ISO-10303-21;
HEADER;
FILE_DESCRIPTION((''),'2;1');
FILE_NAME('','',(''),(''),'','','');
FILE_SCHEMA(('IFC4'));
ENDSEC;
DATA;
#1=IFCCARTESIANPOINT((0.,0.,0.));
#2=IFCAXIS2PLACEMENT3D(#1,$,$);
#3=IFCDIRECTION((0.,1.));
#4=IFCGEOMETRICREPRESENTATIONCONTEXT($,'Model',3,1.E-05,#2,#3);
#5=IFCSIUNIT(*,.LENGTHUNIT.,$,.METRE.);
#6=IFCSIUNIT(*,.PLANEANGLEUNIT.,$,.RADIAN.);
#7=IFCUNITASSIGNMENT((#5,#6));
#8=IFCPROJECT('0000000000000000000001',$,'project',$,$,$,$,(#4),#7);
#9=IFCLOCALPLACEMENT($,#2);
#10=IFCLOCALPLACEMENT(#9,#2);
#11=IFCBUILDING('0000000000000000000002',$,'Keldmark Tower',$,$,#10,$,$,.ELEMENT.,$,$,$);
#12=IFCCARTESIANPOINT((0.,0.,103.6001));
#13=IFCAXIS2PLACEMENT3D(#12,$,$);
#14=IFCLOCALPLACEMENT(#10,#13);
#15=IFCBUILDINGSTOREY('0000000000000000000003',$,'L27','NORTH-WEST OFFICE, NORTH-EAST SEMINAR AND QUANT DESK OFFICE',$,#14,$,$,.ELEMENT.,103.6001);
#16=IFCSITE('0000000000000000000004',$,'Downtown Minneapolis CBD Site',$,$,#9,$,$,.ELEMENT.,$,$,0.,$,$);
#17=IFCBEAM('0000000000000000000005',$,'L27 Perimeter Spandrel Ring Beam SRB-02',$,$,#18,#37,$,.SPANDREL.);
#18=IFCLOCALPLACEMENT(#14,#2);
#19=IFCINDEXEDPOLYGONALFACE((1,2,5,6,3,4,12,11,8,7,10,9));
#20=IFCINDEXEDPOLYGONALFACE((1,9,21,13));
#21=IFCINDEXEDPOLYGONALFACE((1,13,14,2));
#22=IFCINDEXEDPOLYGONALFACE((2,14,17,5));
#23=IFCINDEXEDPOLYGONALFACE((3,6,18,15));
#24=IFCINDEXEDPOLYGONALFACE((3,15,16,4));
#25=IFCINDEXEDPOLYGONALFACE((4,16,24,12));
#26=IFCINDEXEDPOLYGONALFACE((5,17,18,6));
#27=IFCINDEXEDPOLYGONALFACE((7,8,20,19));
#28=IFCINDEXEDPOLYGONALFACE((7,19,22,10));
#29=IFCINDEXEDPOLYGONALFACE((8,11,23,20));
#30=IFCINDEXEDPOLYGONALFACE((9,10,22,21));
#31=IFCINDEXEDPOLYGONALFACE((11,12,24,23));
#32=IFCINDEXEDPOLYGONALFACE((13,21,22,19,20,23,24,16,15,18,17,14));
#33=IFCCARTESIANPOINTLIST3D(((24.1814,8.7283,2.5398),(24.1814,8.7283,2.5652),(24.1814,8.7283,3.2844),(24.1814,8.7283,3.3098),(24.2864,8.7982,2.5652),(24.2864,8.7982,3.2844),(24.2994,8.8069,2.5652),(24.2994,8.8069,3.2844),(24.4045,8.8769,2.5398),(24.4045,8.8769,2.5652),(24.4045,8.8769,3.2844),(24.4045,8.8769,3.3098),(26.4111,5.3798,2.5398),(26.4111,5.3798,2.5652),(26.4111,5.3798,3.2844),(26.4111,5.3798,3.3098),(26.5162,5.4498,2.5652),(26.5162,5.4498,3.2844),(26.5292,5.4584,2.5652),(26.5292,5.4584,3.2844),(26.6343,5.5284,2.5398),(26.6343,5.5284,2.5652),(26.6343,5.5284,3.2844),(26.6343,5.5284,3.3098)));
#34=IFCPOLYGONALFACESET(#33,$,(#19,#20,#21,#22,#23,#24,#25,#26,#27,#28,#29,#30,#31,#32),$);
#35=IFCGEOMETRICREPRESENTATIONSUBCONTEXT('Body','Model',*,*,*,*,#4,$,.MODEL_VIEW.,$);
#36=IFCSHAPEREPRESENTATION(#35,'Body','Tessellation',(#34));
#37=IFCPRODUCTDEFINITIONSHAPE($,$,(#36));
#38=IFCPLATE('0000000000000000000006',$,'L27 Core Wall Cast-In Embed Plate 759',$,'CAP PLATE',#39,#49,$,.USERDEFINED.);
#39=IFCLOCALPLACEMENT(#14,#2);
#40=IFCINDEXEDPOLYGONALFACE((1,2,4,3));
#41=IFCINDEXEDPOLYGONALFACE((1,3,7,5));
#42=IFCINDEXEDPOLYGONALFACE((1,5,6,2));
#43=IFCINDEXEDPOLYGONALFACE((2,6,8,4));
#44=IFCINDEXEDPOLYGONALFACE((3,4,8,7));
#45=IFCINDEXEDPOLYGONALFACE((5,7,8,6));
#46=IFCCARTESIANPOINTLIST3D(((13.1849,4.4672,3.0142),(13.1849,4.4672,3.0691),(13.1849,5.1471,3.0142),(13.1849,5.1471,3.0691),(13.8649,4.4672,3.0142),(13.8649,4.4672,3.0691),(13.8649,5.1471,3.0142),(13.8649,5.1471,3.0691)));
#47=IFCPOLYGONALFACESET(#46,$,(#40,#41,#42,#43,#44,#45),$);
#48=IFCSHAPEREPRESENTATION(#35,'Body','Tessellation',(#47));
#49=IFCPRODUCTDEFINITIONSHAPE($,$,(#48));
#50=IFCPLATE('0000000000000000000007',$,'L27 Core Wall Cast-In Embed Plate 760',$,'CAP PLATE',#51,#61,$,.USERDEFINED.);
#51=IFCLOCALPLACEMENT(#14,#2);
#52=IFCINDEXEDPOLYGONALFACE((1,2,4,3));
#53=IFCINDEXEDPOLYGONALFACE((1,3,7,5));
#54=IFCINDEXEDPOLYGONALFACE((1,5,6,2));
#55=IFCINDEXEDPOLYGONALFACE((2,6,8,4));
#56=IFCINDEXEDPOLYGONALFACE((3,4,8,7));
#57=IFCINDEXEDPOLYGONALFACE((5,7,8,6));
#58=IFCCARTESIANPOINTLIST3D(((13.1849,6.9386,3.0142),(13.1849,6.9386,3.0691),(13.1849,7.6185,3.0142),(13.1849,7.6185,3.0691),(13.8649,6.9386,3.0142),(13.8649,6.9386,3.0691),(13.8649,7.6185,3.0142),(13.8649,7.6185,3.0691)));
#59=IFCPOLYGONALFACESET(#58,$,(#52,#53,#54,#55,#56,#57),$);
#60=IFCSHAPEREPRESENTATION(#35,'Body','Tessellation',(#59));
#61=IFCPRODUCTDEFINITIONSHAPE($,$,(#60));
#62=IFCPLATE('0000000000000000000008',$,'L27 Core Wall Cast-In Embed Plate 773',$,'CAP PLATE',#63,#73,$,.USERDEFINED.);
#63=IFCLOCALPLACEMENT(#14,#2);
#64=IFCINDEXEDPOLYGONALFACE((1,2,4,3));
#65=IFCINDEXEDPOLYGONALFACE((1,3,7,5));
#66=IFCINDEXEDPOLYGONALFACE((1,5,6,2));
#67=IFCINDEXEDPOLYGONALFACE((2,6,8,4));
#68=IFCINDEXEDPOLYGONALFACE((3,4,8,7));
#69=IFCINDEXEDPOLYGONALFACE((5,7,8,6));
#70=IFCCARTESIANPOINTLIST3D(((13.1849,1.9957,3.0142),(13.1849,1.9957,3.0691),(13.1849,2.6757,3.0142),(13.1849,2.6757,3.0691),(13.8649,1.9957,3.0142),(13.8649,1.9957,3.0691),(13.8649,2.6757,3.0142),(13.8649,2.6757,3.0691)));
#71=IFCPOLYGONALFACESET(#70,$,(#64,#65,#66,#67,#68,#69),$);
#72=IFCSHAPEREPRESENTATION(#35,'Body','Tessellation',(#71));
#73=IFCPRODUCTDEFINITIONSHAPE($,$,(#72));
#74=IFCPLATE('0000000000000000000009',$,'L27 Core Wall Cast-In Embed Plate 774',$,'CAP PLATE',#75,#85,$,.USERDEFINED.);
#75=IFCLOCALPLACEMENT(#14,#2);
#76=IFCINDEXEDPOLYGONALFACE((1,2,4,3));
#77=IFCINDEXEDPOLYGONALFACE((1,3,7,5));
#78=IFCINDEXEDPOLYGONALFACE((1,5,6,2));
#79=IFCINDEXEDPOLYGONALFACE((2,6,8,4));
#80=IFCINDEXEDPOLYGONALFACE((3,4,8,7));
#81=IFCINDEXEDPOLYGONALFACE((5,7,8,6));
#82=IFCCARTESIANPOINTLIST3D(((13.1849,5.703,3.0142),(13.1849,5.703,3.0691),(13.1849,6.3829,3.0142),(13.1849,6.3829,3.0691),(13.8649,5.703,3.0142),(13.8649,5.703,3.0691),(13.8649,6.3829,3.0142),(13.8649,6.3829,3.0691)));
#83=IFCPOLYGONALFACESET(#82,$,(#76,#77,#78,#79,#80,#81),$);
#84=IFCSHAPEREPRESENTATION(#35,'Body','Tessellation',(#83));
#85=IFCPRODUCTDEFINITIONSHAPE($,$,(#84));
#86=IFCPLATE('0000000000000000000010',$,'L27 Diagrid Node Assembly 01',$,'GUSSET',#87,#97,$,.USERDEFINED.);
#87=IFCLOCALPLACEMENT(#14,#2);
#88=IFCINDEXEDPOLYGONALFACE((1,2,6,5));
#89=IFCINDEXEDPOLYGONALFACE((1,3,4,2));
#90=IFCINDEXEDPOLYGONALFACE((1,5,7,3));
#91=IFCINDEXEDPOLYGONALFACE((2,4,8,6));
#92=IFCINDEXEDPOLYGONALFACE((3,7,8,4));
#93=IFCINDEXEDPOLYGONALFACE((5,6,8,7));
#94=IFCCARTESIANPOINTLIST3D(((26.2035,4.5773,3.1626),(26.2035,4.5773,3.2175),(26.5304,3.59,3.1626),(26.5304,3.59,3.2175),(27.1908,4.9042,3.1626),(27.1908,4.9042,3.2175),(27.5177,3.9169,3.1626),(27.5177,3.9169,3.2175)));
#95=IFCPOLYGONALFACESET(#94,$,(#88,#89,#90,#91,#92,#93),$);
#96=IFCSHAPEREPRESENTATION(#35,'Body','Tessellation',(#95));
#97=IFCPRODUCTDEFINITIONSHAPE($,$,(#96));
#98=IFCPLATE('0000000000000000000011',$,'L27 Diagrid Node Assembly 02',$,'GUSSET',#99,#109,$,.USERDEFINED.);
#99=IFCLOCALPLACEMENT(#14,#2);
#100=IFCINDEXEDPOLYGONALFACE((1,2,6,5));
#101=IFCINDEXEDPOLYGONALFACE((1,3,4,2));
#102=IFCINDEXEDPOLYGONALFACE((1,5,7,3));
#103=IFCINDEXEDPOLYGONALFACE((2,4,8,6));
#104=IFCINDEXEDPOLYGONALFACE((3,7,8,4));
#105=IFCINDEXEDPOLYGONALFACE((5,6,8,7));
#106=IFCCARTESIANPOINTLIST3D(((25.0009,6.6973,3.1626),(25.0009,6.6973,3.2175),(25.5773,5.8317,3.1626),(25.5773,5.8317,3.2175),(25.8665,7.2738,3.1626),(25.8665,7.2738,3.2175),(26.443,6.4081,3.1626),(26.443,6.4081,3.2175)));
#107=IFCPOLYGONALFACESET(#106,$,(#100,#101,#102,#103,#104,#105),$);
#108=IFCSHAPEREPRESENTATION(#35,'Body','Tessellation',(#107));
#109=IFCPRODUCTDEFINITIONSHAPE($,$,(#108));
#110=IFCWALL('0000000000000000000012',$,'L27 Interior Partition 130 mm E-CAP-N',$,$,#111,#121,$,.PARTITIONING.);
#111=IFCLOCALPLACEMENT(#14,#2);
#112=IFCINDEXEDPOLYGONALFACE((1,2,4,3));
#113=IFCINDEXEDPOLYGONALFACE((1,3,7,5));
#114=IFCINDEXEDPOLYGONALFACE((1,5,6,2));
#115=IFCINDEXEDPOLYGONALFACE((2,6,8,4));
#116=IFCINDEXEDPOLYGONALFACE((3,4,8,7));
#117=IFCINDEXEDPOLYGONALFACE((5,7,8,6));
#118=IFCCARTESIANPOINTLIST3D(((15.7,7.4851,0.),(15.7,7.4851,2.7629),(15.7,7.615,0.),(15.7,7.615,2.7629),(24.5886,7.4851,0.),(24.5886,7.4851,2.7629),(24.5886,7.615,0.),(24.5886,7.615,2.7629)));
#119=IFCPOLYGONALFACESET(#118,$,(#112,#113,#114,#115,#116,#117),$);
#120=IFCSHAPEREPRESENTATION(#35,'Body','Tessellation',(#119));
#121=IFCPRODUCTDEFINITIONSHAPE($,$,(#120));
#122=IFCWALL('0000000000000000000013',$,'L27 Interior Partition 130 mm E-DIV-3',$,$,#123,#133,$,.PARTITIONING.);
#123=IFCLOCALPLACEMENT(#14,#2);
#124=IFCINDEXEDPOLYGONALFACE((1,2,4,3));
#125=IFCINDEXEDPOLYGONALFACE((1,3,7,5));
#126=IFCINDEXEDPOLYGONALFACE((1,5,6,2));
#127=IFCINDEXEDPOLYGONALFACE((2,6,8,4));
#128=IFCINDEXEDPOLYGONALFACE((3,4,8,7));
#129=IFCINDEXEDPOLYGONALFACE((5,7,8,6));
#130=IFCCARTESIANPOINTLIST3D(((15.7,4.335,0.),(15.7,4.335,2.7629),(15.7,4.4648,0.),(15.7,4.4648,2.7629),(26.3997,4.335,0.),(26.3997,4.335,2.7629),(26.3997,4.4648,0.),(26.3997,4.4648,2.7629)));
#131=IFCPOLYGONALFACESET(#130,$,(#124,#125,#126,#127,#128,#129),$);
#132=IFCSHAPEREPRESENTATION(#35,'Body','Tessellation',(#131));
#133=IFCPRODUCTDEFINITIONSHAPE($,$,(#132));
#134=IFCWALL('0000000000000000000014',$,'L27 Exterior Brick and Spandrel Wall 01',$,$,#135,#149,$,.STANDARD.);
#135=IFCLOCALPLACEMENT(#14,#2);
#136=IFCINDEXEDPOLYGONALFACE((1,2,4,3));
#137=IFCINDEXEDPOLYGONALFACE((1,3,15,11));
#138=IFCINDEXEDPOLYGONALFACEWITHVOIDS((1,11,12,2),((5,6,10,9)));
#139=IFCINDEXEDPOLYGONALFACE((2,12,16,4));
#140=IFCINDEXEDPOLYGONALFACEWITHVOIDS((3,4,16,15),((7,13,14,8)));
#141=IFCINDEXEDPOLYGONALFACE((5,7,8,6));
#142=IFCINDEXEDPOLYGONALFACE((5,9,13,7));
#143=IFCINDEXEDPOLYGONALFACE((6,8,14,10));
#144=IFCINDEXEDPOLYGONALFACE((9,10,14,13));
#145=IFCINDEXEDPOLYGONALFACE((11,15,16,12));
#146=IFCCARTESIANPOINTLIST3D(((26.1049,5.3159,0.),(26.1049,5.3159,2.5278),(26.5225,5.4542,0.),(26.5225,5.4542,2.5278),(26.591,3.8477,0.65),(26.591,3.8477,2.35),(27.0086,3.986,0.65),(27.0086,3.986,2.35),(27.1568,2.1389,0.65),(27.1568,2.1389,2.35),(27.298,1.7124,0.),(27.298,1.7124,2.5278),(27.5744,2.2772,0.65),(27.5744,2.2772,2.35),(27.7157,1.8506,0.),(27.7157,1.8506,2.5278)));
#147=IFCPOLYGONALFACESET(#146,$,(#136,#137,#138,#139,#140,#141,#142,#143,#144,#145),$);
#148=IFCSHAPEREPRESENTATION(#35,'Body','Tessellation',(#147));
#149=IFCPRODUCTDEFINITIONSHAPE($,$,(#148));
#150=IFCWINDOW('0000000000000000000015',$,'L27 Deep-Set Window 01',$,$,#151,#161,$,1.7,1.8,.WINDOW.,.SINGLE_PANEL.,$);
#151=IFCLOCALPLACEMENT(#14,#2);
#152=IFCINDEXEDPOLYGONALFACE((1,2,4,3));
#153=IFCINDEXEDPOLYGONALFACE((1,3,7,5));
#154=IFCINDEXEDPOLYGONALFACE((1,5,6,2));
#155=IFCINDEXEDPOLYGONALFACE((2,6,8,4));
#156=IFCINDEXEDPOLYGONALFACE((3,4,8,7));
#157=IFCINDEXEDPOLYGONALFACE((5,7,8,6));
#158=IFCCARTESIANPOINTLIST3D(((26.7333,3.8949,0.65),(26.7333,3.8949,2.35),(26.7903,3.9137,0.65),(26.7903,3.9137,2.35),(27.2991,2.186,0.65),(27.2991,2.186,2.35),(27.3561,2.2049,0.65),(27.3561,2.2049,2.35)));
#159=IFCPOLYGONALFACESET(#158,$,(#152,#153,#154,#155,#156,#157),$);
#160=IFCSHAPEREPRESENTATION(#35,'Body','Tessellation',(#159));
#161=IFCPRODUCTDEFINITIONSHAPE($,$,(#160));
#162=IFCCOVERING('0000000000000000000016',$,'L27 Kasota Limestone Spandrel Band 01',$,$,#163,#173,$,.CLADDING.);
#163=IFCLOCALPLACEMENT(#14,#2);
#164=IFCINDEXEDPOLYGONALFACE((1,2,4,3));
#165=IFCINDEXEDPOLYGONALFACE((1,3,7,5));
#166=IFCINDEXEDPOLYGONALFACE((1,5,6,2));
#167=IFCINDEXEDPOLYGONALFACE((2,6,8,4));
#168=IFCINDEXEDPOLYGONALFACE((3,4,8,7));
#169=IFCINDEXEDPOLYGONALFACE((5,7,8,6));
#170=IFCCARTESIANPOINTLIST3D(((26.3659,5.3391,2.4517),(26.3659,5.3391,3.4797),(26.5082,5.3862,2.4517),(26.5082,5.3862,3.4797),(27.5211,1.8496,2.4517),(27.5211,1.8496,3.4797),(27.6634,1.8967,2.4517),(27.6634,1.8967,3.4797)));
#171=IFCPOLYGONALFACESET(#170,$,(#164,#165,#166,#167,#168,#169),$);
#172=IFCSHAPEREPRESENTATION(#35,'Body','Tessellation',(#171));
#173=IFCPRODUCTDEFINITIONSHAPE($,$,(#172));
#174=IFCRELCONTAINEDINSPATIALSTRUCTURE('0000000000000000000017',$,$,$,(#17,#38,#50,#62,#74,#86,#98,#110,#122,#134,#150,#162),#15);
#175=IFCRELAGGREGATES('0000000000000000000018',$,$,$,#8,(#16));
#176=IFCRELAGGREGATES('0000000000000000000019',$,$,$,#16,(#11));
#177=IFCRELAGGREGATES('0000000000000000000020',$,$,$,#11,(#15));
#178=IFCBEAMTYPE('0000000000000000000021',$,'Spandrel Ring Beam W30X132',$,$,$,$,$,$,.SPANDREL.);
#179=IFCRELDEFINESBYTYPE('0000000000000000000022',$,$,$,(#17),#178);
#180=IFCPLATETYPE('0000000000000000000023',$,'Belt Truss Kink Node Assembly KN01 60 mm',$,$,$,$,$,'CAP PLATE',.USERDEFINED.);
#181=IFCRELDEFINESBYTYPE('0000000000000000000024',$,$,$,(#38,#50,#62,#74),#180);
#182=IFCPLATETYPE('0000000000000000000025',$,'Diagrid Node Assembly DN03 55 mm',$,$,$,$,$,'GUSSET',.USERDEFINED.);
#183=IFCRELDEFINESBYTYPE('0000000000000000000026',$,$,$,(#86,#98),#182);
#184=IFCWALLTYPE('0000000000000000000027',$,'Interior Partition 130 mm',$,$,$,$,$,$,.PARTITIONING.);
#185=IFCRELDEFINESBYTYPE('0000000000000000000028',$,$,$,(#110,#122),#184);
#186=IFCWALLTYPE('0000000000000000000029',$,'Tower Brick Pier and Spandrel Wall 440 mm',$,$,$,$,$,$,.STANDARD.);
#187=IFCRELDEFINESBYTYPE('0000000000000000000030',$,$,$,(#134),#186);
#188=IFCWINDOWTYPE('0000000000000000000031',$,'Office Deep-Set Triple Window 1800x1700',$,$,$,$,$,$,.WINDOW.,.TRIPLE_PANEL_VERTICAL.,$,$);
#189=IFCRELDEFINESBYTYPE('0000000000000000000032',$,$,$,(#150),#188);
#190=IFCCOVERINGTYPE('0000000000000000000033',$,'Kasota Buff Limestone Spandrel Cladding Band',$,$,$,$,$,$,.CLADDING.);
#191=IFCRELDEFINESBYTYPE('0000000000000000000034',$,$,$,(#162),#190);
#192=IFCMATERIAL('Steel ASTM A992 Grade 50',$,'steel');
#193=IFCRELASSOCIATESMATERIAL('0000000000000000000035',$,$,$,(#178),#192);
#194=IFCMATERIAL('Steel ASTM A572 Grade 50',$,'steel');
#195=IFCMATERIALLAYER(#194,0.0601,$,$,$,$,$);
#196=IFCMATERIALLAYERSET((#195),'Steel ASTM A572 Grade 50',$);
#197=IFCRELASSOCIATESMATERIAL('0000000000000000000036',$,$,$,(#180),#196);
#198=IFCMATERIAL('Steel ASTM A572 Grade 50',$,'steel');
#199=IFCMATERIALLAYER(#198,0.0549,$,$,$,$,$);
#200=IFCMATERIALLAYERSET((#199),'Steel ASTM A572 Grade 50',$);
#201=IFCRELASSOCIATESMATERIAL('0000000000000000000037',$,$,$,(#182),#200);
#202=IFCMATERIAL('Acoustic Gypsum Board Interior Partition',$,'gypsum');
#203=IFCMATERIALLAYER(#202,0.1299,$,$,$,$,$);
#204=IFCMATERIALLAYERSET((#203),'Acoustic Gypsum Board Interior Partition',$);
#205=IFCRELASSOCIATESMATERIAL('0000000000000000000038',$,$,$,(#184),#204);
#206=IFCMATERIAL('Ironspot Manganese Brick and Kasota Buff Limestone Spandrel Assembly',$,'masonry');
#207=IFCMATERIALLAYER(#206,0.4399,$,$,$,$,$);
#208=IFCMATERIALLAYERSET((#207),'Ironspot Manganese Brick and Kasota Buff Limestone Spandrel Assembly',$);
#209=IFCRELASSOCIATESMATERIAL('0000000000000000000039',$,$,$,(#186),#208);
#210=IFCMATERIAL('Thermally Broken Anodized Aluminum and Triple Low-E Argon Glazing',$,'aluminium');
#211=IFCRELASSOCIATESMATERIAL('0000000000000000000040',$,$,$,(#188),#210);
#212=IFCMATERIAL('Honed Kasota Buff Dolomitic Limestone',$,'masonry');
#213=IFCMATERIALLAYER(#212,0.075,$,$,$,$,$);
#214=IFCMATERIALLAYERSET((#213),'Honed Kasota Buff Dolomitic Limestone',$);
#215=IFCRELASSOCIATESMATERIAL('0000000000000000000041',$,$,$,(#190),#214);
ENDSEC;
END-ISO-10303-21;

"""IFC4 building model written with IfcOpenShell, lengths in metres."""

from ifc_helpers import new_model, si_unit, direction, frame, frame_2d, origin, origin_2d, place, context, subcontext, project, spatial, rectangle, i_section, extrude, material, layer, layer_set, material_profile, profile_set, type_object, element, fill, save


model = new_model("IFC4")

# Units and contexts
model_context = context("Model", 3, precision=1e-05, world=origin(), true_north=direction((0.0, 1.0)))
body_context = subcontext(model_context, "Body", "Model", "MODEL_VIEW")
ifc_project = project(units=[si_unit("LENGTHUNIT", "METRE"), si_unit("PLANEANGLEUNIT", "RADIAN")], contexts=[model_context])

# Site, building, storey
site_placement = place(None, origin())
site = spatial("IfcSite", under=ifc_project, at=site_placement, Name="Downtown Minneapolis CBD Site", CompositionType="ELEMENT", RefElevation=0.0)
building_placement = place(site_placement, origin())
building = spatial("IfcBuilding", under=site, at=building_placement, Name="Keldmark Tower", CompositionType="ELEMENT")
storey_placement = place(building_placement, frame((0.0, 0.0, 103.6001)))
storey = spatial("IfcBuildingStorey", under=building, at=storey_placement, Name="L27", Description="NORTH-WEST OFFICE, NORTH-EAST SEMINAR AND QUANT DESK OFFICE", CompositionType="ELEMENT", Elevation=103.6001)

# Beam
ifc_material_1 = material(Name="Steel ASTM A992 Grade 50", Category="steel")
ifc_material_profile_1 = material_profile(ifc_material_1, i_section(OverallWidth=0.2681, OverallDepth=0.77, WebThickness=0.0156, FlangeThickness=0.0254, at=origin_2d()), Name="W30X132")
ifc_profile_set_1 = profile_set([ifc_material_profile_1], Name="Steel ASTM A992 Grade 50")
beam_type_1 = type_object("IfcBeamType", Name="Spandrel Ring Beam W30X132", PredefinedType="SPANDREL", material=ifc_profile_set_1)
beam_1_placement = place(storey_placement, frame((26.5227, 5.4541, 2.9248), z_axis=(-0.554266, 0.83234, 0.0), x_axis=(-0.83234, -0.554266, 0.0)))
element("IfcBeam", 1, at=beam_1_placement, inside=storey, type_object=beam_type_1, Name="L27 Perimeter Spandrel Ring Beam SRB-02", PredefinedType="SPANDREL", context=body_context, shape_type="SweptSolid", body=[
    extrude(i_section(OverallWidth=0.2681, OverallDepth=0.77, WebThickness=0.0156, FlangeThickness=0.0254, at=origin_2d()), origin(), (0.0, 0.0, 1.0), 4.0229),
])

# Plates
ifc_material_2 = material(Name="Steel ASTM A572 Grade 50", Category="steel")
ifc_layer_1 = layer(ifc_material_2, 0.0601)
ifc_layer_set_1 = layer_set([ifc_layer_1], Name="Steel ASTM A572 Grade 50")
plate_type_1 = type_object("IfcPlateType", Name="Belt Truss Kink Node Assembly KN01 60 mm", ElementType="CAP PLATE", PredefinedType="USERDEFINED", material=ifc_layer_set_1)
for number, where, z_axis, x_axis, name in (
    (2, (13.5249, 4.8071, 3.0142), (0.0, 0.0, 1.0), (1.0, 0.0, 0.0), "L27 Core Wall Cast-In Embed Plate 759"),
    (3, (13.5249, 7.2786, 3.0142), (0.0, 0.0, 1.0), (1.0, 0.0, 0.0), "L27 Core Wall Cast-In Embed Plate 760"),
    (4, (13.5249, 2.3357, 3.0142), (0.0, 0.0, 1.0), (1.0, 0.0, 0.0), "L27 Core Wall Cast-In Embed Plate 773"),
    (5, (13.5249, 6.043, 3.0142), (0.0, 0.0, 1.0), (1.0, 0.0, 0.0), "L27 Core Wall Cast-In Embed Plate 774"),
):
    element("IfcPlate", number, at=place(storey_placement, frame(where, z_axis=z_axis, x_axis=x_axis)), inside=storey, type_object=plate_type_1, Name=name, ObjectType="CAP PLATE", PredefinedType="USERDEFINED", context=body_context, shape_type="SweptSolid", body=[
        extrude(rectangle(XDim=0.6799, YDim=0.6799, at=origin_2d()), origin(), (0.0, 0.0, 1.0), 0.0549),
    ])
ifc_material_3 = material(Name="Steel ASTM A572 Grade 50", Category="steel")
ifc_layer_2 = layer(ifc_material_3, 0.0549)
ifc_layer_set_2 = layer_set([ifc_layer_2], Name="Steel ASTM A572 Grade 50")
plate_type_2 = type_object("IfcPlateType", Name="Diagrid Node Assembly DN03 55 mm", ElementType="GUSSET", PredefinedType="USERDEFINED", material=ifc_layer_set_2)
for number, where, z_axis, x_axis, name in (
    (6, (26.8606, 4.2471, 3.1626), (0.0, 0.0, 1.0), (-0.314324, 0.949316, 0.0), "L27 Diagrid Node Assembly 01"),
    (7, (25.7219, 6.5527, 3.1626), (0.0, 0.0, 1.0), (-0.554263, 0.832341, 0.0), "L27 Diagrid Node Assembly 02"),
):
    element("IfcPlate", number, at=place(storey_placement, frame(where, z_axis=z_axis, x_axis=x_axis)), inside=storey, type_object=plate_type_2, Name=name, ObjectType="GUSSET", PredefinedType="USERDEFINED", context=body_context, shape_type="SweptSolid", body=[
        extrude(rectangle(XDim=1.04, YDim=1.04, at=origin_2d()), origin(), (0.0, 0.0, 1.0), 0.0549),
    ])

# Walls
ifc_material_4 = material(Name="Acoustic Gypsum Board Interior Partition", Category="gypsum")
ifc_layer_3 = layer(ifc_material_4, 0.1299)
ifc_layer_set_3 = layer_set([ifc_layer_3], Name="Acoustic Gypsum Board Interior Partition")
wall_type_1 = type_object("IfcWallType", Name="Interior Partition 130 mm", PredefinedType="PARTITIONING", material=ifc_layer_set_3)
wall_1_placement = place(storey_placement, frame((15.7, 7.55, 0.0), z_axis=(0.0, 0.0, 1.0), x_axis=(1.0, 0.0, 0.0)))
element("IfcWall", 8, at=wall_1_placement, inside=storey, type_object=wall_type_1, Name="L27 Interior Partition 130 mm E-CAP-N", PredefinedType="PARTITIONING", context=body_context, shape_type="SweptSolid", body=[
    extrude(rectangle(XDim=8.8887, YDim=0.1299, at=frame_2d((4.4443, 0.0))), origin(), (0.0, 0.0, 1.0), 2.7629),
])
wall_2_placement = place(storey_placement, frame((15.7, 4.3999, 0.0), z_axis=(0.0, 0.0, 1.0), x_axis=(1.0, 0.0, 0.0)))
element("IfcWall", 9, at=wall_2_placement, inside=storey, type_object=wall_type_1, Name="L27 Interior Partition 130 mm E-DIV-3", PredefinedType="PARTITIONING", context=body_context, shape_type="SweptSolid", body=[
    extrude(rectangle(XDim=10.6997, YDim=0.1299, at=frame_2d((5.3499, 0.0))), origin(), (0.0, 0.0, 1.0), 2.7629),
])

# Wall, opening, window
ifc_material_5 = material(Name="Ironspot Manganese Brick and Kasota Buff Limestone Spandrel Assembly", Category="masonry")
ifc_layer_4 = layer(ifc_material_5, 0.4399)
ifc_layer_set_4 = layer_set([ifc_layer_4], Name="Ironspot Manganese Brick and Kasota Buff Limestone Spandrel Assembly")
wall_type_2 = type_object("IfcWallType", Name="Tower Brick Pier and Spandrel Wall 440 mm", PredefinedType="STANDARD", material=ifc_layer_set_4)
wall_3_placement = place(storey_placement, frame((26.3137, 5.385, 0.0), z_axis=(0.0, 0.0, 1.0), x_axis=(0.314317, -0.949318, 0.0)))
wall_3 = element("IfcWall", 10, at=wall_3_placement, inside=storey, type_object=wall_type_2, Name="L27 Exterior Brick and Spandrel Wall 01", PredefinedType="STANDARD", context=body_context, shape_type="SweptSolid", body=[
    extrude(rectangle(XDim=3.7959, YDim=0.4399, at=frame_2d((1.8979, 0.0))), origin(), (0.0, 0.0, 1.0), 2.5278),
])
opening_1_placement = place(wall_3_placement, frame((1.5466, 0.0, 0.6499)))
opening_1 = element("IfcOpeningElement", 11, at=opening_1_placement, cuts=wall_3, PredefinedType="OPENING", context=body_context, shape_type="SweptSolid", body=[
    extrude(rectangle(XDim=1.8, YDim=1.7, at=frame_2d((0.8999, 0.8501))), frame((0.0, 0.23, 0.0), z_axis=(0.0, -1.0, 0.0), x_axis=(1.0, 0.0, 0.0)), (0.0, 0.0, 1.0), 0.46),
])
ifc_material_6 = material(Name="Thermally Broken Anodized Aluminum and Triple Low-E Argon Glazing", Category="aluminium")
window_type = type_object("IfcWindowType", Name="Office Deep-Set Triple Window 1800x1700", PartitioningType="TRIPLE_PANEL_VERTICAL", PredefinedType="WINDOW", material=ifc_material_6)
window_placement = place(opening_1_placement, origin())
window = element("IfcWindow", 12, at=window_placement, inside=storey, type_object=window_type, Name="L27 Deep-Set Window 01", OverallHeight=1.7, OverallWidth=1.8, PartitioningType="SINGLE_PANEL", PredefinedType="WINDOW", context=body_context, shape_type="SweptSolid", body=[
    extrude(rectangle(XDim=1.8, YDim=1.7, at=frame_2d((0.8999, 0.8501))), frame((0.0, -0.01, 0.0), z_axis=(0.0, -1.0, 0.0), x_axis=(1.0, 0.0, 0.0)), (0.0, 0.0, 1.0), 0.0601),
])
fill(opening_1, window)

# Covering
ifc_material_7 = material(Name="Honed Kasota Buff Dolomitic Limestone", Category="masonry")
ifc_layer_5 = layer(ifc_material_7, 0.075)
ifc_layer_set_5 = layer_set([ifc_layer_5], Name="Honed Kasota Buff Dolomitic Limestone")
covering_type = type_object("IfcCoveringType", Name="Kasota Buff Limestone Spandrel Cladding Band", PredefinedType="CLADDING", material=ifc_layer_set_5)
covering_placement = place(storey_placement, frame((27.0146, 3.6179, 2.4517), z_axis=(0.0, 0.0, 1.0), x_axis=(-0.314291, 0.949327, 0.0)))
element("IfcCovering", 13, at=covering_placement, inside=storey, type_object=covering_type, Name="L27 Kasota Limestone Spandrel Band 01", PredefinedType="CLADDING", context=body_context, shape_type="SweptSolid", body=[
    extrude(rectangle(XDim=3.6758, YDim=0.1499, at=origin_2d()), origin(), (0.0, 0.0, 1.0), 1.0281),
])

save(model, "model.ifc")
